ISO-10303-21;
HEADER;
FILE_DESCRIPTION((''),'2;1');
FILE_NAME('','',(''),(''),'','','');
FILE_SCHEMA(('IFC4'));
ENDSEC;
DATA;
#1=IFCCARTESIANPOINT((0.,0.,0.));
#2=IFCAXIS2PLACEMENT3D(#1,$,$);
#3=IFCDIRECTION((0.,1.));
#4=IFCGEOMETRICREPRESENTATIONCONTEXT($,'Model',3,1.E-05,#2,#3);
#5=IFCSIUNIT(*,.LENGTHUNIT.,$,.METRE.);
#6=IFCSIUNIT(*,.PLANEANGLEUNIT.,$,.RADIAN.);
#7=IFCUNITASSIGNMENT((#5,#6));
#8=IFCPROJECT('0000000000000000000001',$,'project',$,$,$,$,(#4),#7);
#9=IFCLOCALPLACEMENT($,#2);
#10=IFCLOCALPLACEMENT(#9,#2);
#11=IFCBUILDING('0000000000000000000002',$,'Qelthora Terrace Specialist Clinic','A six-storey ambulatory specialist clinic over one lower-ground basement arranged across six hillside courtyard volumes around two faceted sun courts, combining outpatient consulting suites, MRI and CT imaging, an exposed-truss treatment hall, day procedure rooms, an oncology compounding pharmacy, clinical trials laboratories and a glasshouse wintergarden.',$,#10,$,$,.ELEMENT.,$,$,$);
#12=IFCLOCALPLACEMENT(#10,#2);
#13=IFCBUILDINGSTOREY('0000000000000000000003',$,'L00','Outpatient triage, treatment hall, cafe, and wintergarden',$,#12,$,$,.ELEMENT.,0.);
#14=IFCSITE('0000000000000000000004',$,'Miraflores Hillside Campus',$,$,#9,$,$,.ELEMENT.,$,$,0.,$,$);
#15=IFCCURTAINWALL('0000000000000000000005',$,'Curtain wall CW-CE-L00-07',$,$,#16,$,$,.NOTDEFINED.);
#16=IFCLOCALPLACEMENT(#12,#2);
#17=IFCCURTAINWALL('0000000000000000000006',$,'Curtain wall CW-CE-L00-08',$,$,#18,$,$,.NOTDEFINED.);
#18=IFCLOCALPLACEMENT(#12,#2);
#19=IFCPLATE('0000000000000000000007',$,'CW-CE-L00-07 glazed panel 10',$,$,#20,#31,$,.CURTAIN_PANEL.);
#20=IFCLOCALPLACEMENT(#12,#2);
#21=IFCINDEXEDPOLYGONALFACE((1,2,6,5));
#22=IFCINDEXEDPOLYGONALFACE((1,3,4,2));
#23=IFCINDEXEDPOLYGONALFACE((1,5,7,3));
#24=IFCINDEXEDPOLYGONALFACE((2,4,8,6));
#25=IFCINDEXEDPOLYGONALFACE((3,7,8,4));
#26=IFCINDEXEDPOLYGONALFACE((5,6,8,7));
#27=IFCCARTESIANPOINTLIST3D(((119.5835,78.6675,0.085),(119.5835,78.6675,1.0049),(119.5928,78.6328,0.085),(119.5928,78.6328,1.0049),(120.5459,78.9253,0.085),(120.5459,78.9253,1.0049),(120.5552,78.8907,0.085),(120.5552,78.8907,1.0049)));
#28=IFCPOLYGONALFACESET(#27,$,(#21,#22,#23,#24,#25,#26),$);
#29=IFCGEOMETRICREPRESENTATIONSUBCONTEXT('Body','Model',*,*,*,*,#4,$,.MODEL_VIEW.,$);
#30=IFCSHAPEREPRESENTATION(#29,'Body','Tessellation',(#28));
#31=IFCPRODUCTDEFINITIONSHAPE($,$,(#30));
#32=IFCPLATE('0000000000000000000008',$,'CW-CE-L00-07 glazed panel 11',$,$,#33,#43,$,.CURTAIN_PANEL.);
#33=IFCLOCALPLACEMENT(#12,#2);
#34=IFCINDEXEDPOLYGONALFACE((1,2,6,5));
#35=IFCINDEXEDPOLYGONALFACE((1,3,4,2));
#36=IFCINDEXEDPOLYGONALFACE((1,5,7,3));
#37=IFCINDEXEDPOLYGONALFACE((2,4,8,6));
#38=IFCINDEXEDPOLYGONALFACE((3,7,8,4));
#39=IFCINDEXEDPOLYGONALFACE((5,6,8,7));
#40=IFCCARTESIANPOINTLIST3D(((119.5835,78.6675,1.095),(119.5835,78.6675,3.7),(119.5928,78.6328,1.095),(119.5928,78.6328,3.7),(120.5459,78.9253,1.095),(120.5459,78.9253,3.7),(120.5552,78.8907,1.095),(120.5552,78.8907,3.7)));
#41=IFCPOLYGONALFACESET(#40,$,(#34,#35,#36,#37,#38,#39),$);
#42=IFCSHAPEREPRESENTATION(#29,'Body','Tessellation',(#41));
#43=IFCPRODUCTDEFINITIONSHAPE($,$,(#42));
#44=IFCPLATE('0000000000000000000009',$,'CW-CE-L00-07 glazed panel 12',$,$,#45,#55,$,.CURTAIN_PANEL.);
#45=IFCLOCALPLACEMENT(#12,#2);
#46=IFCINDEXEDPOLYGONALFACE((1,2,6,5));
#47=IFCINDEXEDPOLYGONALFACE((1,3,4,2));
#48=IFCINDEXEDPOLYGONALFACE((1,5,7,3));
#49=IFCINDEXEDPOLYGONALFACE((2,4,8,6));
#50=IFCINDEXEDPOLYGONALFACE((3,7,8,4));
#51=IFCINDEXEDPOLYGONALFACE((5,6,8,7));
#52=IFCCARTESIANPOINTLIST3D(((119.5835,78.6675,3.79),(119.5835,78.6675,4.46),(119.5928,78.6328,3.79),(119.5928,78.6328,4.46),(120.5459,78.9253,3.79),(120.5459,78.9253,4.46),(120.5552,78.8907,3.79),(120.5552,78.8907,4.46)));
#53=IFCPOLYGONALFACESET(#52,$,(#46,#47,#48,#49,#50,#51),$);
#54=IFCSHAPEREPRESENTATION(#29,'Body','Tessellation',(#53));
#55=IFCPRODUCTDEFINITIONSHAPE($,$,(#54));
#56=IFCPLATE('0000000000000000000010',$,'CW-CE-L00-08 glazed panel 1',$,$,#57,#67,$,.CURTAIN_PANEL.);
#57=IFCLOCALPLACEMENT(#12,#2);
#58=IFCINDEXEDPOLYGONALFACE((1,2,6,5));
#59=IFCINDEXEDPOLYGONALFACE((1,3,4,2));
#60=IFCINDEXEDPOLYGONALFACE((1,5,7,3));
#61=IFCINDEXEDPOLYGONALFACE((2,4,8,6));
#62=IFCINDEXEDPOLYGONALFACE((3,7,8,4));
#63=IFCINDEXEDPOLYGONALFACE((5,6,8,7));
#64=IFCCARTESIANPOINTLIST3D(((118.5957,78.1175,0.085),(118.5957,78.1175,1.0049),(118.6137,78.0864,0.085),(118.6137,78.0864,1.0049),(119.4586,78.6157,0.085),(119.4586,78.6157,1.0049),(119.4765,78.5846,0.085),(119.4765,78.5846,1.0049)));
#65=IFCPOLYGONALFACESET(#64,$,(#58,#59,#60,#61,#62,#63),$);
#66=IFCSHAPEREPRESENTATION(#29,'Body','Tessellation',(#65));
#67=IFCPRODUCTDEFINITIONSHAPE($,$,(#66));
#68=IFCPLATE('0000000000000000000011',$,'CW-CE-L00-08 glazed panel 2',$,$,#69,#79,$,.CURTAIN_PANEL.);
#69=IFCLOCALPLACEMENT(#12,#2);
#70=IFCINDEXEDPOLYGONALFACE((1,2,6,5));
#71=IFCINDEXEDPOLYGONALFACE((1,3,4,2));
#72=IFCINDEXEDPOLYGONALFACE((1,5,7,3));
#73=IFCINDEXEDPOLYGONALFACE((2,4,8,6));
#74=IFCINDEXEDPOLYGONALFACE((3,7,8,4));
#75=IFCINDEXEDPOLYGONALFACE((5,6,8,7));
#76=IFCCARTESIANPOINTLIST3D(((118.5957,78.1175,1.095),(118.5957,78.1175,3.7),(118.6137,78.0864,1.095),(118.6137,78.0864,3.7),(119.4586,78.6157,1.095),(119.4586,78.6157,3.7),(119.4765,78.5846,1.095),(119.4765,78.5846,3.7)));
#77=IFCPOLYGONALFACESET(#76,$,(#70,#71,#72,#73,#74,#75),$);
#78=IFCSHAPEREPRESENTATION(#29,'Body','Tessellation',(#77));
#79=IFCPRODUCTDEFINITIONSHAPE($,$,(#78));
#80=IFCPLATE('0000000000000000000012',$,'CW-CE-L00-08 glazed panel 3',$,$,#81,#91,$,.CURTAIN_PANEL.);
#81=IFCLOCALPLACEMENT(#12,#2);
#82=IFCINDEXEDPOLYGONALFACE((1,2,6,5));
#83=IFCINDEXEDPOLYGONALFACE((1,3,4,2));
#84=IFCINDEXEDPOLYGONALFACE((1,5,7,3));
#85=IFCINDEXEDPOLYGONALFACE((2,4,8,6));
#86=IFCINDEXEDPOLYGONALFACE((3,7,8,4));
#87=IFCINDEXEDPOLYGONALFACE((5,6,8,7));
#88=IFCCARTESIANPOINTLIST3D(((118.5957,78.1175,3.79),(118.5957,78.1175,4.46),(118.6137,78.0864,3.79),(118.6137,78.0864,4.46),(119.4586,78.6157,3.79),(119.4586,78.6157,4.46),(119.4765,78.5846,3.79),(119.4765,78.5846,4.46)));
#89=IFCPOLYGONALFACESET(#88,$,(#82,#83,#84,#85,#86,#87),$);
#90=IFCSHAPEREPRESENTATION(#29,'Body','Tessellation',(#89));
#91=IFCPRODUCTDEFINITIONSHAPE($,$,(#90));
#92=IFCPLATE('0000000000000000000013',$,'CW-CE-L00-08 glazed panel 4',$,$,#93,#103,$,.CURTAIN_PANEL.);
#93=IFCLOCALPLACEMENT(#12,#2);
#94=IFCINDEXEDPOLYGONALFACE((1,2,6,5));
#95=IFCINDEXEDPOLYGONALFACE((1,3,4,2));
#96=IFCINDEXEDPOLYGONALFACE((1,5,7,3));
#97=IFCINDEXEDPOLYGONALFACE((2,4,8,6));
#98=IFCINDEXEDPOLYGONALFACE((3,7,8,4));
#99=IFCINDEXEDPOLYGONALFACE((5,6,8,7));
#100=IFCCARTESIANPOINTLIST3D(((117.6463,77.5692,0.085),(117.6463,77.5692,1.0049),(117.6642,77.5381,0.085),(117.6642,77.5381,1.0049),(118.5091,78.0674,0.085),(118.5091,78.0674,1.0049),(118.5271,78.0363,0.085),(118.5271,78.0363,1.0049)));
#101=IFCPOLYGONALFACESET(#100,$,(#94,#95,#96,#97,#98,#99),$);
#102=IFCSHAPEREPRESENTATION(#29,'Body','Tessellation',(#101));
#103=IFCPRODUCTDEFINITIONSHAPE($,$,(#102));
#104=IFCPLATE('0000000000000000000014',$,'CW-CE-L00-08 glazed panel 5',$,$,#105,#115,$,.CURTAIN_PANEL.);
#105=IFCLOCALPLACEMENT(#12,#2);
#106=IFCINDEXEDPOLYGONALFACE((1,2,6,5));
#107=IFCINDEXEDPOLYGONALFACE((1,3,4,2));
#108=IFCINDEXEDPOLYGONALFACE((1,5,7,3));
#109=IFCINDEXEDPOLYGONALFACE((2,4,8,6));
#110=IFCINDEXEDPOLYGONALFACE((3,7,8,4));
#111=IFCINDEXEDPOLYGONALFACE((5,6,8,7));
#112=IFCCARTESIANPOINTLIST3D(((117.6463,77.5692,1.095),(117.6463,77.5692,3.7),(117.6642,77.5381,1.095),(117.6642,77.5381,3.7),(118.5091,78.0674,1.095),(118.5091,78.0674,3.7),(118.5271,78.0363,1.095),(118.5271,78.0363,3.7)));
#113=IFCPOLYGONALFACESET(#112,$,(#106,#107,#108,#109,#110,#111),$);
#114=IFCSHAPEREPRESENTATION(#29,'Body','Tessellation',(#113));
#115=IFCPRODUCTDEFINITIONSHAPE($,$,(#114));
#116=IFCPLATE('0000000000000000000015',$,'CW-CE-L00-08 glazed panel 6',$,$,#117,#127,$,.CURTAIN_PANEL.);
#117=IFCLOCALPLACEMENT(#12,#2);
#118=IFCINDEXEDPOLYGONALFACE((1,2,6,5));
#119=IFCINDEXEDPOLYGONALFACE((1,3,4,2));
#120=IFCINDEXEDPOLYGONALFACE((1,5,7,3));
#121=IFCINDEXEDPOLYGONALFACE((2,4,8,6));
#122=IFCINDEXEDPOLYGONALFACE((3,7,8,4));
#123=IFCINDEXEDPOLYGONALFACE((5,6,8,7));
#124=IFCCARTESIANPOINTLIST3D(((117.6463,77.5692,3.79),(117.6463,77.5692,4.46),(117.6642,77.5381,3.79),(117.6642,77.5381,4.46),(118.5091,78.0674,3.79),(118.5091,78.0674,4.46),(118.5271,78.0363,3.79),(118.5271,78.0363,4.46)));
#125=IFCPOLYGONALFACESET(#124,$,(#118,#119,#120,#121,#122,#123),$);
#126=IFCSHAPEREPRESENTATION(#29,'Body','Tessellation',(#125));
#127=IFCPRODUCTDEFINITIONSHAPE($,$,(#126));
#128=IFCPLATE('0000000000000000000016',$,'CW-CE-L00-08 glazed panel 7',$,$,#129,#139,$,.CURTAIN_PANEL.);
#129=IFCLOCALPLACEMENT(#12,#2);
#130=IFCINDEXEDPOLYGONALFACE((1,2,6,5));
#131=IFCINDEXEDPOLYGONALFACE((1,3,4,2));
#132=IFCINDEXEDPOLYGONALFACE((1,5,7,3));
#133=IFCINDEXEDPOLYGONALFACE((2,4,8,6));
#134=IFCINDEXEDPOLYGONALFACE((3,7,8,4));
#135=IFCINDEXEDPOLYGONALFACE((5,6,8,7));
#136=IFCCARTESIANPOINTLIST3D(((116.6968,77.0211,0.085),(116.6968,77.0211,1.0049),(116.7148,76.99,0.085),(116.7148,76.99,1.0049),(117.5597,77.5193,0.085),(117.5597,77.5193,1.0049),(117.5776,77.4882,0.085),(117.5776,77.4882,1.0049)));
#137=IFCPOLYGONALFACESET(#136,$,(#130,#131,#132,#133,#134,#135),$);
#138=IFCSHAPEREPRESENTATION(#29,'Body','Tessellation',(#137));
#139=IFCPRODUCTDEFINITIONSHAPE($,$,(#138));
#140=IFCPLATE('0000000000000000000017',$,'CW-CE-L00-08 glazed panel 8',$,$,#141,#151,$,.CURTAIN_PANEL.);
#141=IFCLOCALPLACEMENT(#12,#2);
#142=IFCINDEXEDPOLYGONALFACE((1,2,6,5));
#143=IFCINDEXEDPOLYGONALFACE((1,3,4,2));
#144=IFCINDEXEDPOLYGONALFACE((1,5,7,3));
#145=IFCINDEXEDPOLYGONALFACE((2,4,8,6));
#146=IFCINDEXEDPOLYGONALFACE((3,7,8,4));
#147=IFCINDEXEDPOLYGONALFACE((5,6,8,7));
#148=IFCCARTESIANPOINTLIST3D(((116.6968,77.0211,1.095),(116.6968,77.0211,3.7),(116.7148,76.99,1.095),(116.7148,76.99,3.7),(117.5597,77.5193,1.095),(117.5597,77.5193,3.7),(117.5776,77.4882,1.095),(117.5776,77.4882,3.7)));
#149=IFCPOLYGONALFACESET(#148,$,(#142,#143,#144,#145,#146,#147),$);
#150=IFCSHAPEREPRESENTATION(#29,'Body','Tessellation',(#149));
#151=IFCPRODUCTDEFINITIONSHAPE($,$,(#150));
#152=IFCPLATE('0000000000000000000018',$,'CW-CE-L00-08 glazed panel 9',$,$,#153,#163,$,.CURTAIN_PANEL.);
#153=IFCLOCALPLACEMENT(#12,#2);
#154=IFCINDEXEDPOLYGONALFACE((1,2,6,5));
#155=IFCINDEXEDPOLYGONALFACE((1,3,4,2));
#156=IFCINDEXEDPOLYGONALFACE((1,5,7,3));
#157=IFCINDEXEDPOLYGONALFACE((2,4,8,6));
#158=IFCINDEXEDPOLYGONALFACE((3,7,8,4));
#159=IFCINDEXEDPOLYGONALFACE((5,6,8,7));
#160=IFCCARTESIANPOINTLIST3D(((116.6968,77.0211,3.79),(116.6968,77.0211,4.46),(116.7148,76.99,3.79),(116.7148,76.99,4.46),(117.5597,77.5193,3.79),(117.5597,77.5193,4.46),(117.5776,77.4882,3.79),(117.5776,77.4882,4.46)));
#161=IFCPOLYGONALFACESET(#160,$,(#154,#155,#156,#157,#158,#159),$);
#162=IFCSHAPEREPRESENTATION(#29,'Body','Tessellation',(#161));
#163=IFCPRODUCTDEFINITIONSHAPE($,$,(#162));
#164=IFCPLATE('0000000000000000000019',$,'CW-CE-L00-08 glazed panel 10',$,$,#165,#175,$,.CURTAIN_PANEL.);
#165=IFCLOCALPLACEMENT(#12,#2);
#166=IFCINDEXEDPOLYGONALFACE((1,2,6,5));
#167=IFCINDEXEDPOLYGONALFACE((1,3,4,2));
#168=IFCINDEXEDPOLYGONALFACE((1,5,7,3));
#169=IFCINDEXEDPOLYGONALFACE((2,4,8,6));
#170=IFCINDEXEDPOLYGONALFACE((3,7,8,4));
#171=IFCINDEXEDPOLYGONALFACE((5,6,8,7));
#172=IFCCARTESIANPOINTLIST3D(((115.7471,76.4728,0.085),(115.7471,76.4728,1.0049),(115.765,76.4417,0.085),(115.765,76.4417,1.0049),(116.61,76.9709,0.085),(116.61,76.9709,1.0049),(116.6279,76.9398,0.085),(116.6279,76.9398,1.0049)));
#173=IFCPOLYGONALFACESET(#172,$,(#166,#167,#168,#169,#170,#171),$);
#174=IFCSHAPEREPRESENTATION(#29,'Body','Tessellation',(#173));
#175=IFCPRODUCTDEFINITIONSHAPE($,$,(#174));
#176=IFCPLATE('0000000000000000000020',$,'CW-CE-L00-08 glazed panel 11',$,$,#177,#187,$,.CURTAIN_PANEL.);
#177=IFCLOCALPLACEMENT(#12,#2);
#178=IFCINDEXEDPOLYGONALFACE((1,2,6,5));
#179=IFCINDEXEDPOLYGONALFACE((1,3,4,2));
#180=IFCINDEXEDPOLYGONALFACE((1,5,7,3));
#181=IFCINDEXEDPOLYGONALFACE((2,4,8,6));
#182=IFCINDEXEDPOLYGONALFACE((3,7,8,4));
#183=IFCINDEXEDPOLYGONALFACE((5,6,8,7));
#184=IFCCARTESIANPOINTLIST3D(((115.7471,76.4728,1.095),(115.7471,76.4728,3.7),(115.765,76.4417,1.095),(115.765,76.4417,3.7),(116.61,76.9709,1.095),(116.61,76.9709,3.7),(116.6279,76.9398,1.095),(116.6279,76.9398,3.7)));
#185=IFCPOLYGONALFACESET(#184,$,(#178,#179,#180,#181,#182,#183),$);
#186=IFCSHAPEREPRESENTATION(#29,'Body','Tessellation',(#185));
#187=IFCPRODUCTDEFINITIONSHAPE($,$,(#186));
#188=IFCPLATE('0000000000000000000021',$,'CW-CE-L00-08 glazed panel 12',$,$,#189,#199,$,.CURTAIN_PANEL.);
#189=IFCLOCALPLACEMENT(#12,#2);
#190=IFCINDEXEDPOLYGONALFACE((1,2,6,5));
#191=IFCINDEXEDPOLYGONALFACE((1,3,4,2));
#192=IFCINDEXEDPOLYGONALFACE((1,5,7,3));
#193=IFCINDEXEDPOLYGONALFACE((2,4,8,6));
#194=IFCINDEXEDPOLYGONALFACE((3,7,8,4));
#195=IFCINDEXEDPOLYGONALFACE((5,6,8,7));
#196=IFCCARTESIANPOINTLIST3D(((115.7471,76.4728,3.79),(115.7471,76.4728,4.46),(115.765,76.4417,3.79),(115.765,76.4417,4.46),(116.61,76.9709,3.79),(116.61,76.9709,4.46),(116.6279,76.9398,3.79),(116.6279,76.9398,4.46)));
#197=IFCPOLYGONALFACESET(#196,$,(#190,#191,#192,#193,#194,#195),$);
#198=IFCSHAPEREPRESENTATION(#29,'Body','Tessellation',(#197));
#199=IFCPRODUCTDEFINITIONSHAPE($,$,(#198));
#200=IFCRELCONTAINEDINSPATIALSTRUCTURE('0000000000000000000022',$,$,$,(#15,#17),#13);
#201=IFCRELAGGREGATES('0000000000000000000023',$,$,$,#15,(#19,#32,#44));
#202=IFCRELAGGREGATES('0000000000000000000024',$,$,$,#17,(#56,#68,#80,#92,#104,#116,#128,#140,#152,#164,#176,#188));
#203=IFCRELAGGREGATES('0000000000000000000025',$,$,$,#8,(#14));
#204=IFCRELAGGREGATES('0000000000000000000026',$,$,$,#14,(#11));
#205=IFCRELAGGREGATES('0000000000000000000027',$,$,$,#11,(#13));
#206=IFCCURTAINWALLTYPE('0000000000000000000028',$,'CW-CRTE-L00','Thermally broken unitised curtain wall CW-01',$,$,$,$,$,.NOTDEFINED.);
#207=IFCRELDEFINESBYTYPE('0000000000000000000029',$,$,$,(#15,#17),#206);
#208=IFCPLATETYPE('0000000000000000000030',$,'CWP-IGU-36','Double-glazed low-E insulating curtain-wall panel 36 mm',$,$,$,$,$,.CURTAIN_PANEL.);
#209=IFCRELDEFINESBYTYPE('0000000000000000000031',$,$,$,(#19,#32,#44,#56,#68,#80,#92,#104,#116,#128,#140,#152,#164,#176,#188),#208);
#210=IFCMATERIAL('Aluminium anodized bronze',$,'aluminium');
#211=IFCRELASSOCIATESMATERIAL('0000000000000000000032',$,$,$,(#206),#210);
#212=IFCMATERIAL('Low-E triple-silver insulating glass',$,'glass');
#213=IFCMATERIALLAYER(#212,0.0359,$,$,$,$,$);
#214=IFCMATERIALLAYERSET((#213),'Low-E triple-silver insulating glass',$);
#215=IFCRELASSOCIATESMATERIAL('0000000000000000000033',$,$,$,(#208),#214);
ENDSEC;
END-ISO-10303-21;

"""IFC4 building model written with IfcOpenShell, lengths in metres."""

from ifc_helpers import new_model, si_unit, direction, frame, origin, origin_2d, place, context, subcontext, project, spatial, rectangle, extrude, material, layer, layer_set, type_object, element, aggregate, save


model = new_model("IFC4")

# Units and contexts
model_context = context("Model", 3, precision=1e-05, world=origin(), true_north=direction((0.0, 1.0)))
body_context = subcontext(model_context, "Body", "Model", "MODEL_VIEW")
ifc_project = project(units=[si_unit("LENGTHUNIT", "METRE"), si_unit("PLANEANGLEUNIT", "RADIAN")], contexts=[model_context])

# Site, building, storey
site_placement = place(None, origin())
site = spatial("IfcSite", under=ifc_project, at=site_placement, Name="Miraflores Hillside Campus", CompositionType="ELEMENT", RefElevation=0.0)
building_placement = place(site_placement, origin())
building = spatial("IfcBuilding", under=site, at=building_placement, Name="Qelthora Terrace Specialist Clinic", Description="A six-storey ambulatory specialist clinic over one lower-ground basement arranged across six hillside courtyard volumes around two faceted sun courts, combining outpatient consulting suites, MRI and CT imaging, an exposed-truss treatment hall, day procedure rooms, an oncology compounding pharmacy, clinical trials laboratories and a glasshouse wintergarden.", CompositionType="ELEMENT")
storey_placement = place(building_placement, origin())
storey = spatial("IfcBuildingStorey", under=building, at=storey_placement, Name="L00", Description="Outpatient triage, treatment hall, cafe, and wintergarden", CompositionType="ELEMENT", Elevation=0.0)

# Curtain walls
ifc_material_1 = material(Name="Aluminium anodized bronze", Category="aluminium")
curtain_wall_type = type_object("IfcCurtainWallType", Name="CW-CRTE-L00", Description="Thermally broken unitised curtain wall CW-01", PredefinedType="NOTDEFINED", material=ifc_material_1)
curtain_wall_1_placement = place(storey_placement, origin())
curtain_wall_1 = element("IfcCurtainWall", 1, at=curtain_wall_1_placement, inside=storey, type_object=curtain_wall_type, Name="Curtain wall CW-CE-L00-07", PredefinedType="NOTDEFINED")
curtain_wall_2_placement = place(storey_placement, origin())
curtain_wall_2 = element("IfcCurtainWall", 2, at=curtain_wall_2_placement, inside=storey, type_object=curtain_wall_type, Name="Curtain wall CW-CE-L00-08", PredefinedType="NOTDEFINED")

# Plates
ifc_material_2 = material(Name="Low-E triple-silver insulating glass", Category="glass")
ifc_layer = layer(ifc_material_2, 0.0359)
ifc_layer_set = layer_set([ifc_layer], Name="Low-E triple-silver insulating glass")
plate_type = type_object("IfcPlateType", Name="CWP-IGU-36", Description="Double-glazed low-E insulating curtain-wall panel 36 mm", PredefinedType="CURTAIN_PANEL", material=ifc_layer_set)
plate_1_placement = place(storey_placement, frame((120.0693, 78.7791, 0.085), z_axis=(0.0, 0.0, 1.0), x_axis=(-0.965926, -0.258819, 0.0)))
plate_1 = element("IfcPlate", 3, at=plate_1_placement, type_object=plate_type, Name="CW-CE-L00-07 glazed panel 10", PredefinedType="CURTAIN_PANEL", context=body_context, shape_type="SweptSolid", body=[
    extrude(rectangle(XDim=0.9963, YDim=0.0359, at=origin_2d()), origin(), (0.0, 0.0, 1.0), 0.9199),
])
plate_2_placement = place(storey_placement, frame((120.0693, 78.7791, 1.095), z_axis=(0.0, 0.0, 1.0), x_axis=(-0.965926, -0.258819, 0.0)))
plate_2 = element("IfcPlate", 4, at=plate_2_placement, type_object=plate_type, Name="CW-CE-L00-07 glazed panel 11", PredefinedType="CURTAIN_PANEL", context=body_context, shape_type="SweptSolid", body=[
    extrude(rectangle(XDim=0.9963, YDim=0.0359, at=origin_2d()), origin(), (0.0, 0.0, 1.0), 2.605),
])
plate_3_placement = place(storey_placement, frame((120.0693, 78.7791, 3.79), z_axis=(0.0, 0.0, 1.0), x_axis=(-0.965926, -0.258819, 0.0)))
plate_3 = element("IfcPlate", 5, at=plate_3_placement, type_object=plate_type, Name="CW-CE-L00-07 glazed panel 12", PredefinedType="CURTAIN_PANEL", context=body_context, shape_type="SweptSolid", body=[
    extrude(rectangle(XDim=0.9963, YDim=0.0359, at=origin_2d()), origin(), (0.0, 0.0, 1.0), 0.6699),
])
aggregate(curtain_wall_1, [plate_1, plate_2, plate_3])
plate_4_placement = place(storey_placement, frame((119.0361, 78.3511, 0.085), z_axis=(0.0, 0.0, 1.0), x_axis=(-0.866025, -0.5, 0.0)))
plate_4 = element("IfcPlate", 6, at=plate_4_placement, type_object=plate_type, Name="CW-CE-L00-08 glazed panel 1", PredefinedType="CURTAIN_PANEL", context=body_context, shape_type="SweptSolid", body=[
    extrude(rectangle(XDim=0.9963, YDim=0.0359, at=origin_2d()), origin(), (0.0, 0.0, 1.0), 0.9199),
])
plate_5_placement = place(storey_placement, frame((119.0361, 78.3511, 1.095), z_axis=(0.0, 0.0, 1.0), x_axis=(-0.866025, -0.5, 0.0)))
plate_5 = element("IfcPlate", 7, at=plate_5_placement, type_object=plate_type, Name="CW-CE-L00-08 glazed panel 2", PredefinedType="CURTAIN_PANEL", context=body_context, shape_type="SweptSolid", body=[
    extrude(rectangle(XDim=0.9963, YDim=0.0359, at=origin_2d()), origin(), (0.0, 0.0, 1.0), 2.605),
])
plate_6_placement = place(storey_placement, frame((119.0361, 78.3511, 3.79), z_axis=(0.0, 0.0, 1.0), x_axis=(-0.866025, -0.5, 0.0)))
plate_6 = element("IfcPlate", 8, at=plate_6_placement, type_object=plate_type, Name="CW-CE-L00-08 glazed panel 3", PredefinedType="CURTAIN_PANEL", context=body_context, shape_type="SweptSolid", body=[
    extrude(rectangle(XDim=0.9963, YDim=0.0359, at=origin_2d()), origin(), (0.0, 0.0, 1.0), 0.6699),
])
plate_7_placement = place(storey_placement, frame((118.0867, 77.8027, 0.085), z_axis=(0.0, 0.0, 1.0), x_axis=(-0.866025, -0.5, 0.0)))
plate_7 = element("IfcPlate", 9, at=plate_7_placement, type_object=plate_type, Name="CW-CE-L00-08 glazed panel 4", PredefinedType="CURTAIN_PANEL", context=body_context, shape_type="SweptSolid", body=[
    extrude(rectangle(XDim=0.9963, YDim=0.0359, at=origin_2d()), origin(), (0.0, 0.0, 1.0), 0.9199),
])
plate_8_placement = place(storey_placement, frame((118.0867, 77.8027, 1.095), z_axis=(0.0, 0.0, 1.0), x_axis=(-0.866025, -0.5, 0.0)))
plate_8 = element("IfcPlate", 10, at=plate_8_placement, type_object=plate_type, Name="CW-CE-L00-08 glazed panel 5", PredefinedType="CURTAIN_PANEL", context=body_context, shape_type="SweptSolid", body=[
    extrude(rectangle(XDim=0.9963, YDim=0.0359, at=origin_2d()), origin(), (0.0, 0.0, 1.0), 2.605),
])
plate_9_placement = place(storey_placement, frame((118.0867, 77.8027, 3.79), z_axis=(0.0, 0.0, 1.0), x_axis=(-0.866025, -0.5, 0.0)))
plate_9 = element("IfcPlate", 11, at=plate_9_placement, type_object=plate_type, Name="CW-CE-L00-08 glazed panel 6", PredefinedType="CURTAIN_PANEL", context=body_context, shape_type="SweptSolid", body=[
    extrude(rectangle(XDim=0.9963, YDim=0.0359, at=origin_2d()), origin(), (0.0, 0.0, 1.0), 0.6699),
])
plate_10_placement = place(storey_placement, frame((117.1372, 77.2546, 0.085), z_axis=(0.0, 0.0, 1.0), x_axis=(-0.866025, -0.5, 0.0)))
plate_10 = element("IfcPlate", 12, at=plate_10_placement, type_object=plate_type, Name="CW-CE-L00-08 glazed panel 7", PredefinedType="CURTAIN_PANEL", context=body_context, shape_type="SweptSolid", body=[
    extrude(rectangle(XDim=0.9963, YDim=0.0359, at=origin_2d()), origin(), (0.0, 0.0, 1.0), 0.9199),
])
plate_11_placement = place(storey_placement, frame((117.1372, 77.2546, 1.095), z_axis=(0.0, 0.0, 1.0), x_axis=(-0.866025, -0.5, 0.0)))
plate_11 = element("IfcPlate", 13, at=plate_11_placement, type_object=plate_type, Name="CW-CE-L00-08 glazed panel 8", PredefinedType="CURTAIN_PANEL", context=body_context, shape_type="SweptSolid", body=[
    extrude(rectangle(XDim=0.9963, YDim=0.0359, at=origin_2d()), origin(), (0.0, 0.0, 1.0), 2.605),
])
plate_12_placement = place(storey_placement, frame((117.1372, 77.2546, 3.79), z_axis=(0.0, 0.0, 1.0), x_axis=(-0.866025, -0.5, 0.0)))
plate_12 = element("IfcPlate", 14, at=plate_12_placement, type_object=plate_type, Name="CW-CE-L00-08 glazed panel 9", PredefinedType="CURTAIN_PANEL", context=body_context, shape_type="SweptSolid", body=[
    extrude(rectangle(XDim=0.9963, YDim=0.0359, at=origin_2d()), origin(), (0.0, 0.0, 1.0), 0.6699),
])
plate_13_placement = place(storey_placement, frame((116.1875, 76.7063, 0.085), z_axis=(0.0, 0.0, 1.0), x_axis=(-0.866025, -0.5, 0.0)))
plate_13 = element("IfcPlate", 15, at=plate_13_placement, type_object=plate_type, Name="CW-CE-L00-08 glazed panel 10", PredefinedType="CURTAIN_PANEL", context=body_context, shape_type="SweptSolid", body=[
    extrude(rectangle(XDim=0.9963, YDim=0.0359, at=origin_2d()), origin(), (0.0, 0.0, 1.0), 0.9199),
])
plate_14_placement = place(storey_placement, frame((116.1875, 76.7063, 1.095), z_axis=(0.0, 0.0, 1.0), x_axis=(-0.866025, -0.5, 0.0)))
plate_14 = element("IfcPlate", 16, at=plate_14_placement, type_object=plate_type, Name="CW-CE-L00-08 glazed panel 11", PredefinedType="CURTAIN_PANEL", context=body_context, shape_type="SweptSolid", body=[
    extrude(rectangle(XDim=0.9963, YDim=0.0359, at=origin_2d()), origin(), (0.0, 0.0, 1.0), 2.605),
])
plate_15_placement = place(storey_placement, frame((116.1875, 76.7063, 3.79), z_axis=(0.0, 0.0, 1.0), x_axis=(-0.866025, -0.5, 0.0)))
plate_15 = element("IfcPlate", 17, at=plate_15_placement, type_object=plate_type, Name="CW-CE-L00-08 glazed panel 12", PredefinedType="CURTAIN_PANEL", context=body_context, shape_type="SweptSolid", body=[
    extrude(rectangle(XDim=0.9963, YDim=0.0359, at=origin_2d()), origin(), (0.0, 0.0, 1.0), 0.6699),
])
aggregate(curtain_wall_2, [plate_4, plate_5, plate_6, plate_7, plate_8, plate_9, plate_10, plate_11, plate_12, plate_13, plate_14, plate_15])

save(model, "model.ifc")
